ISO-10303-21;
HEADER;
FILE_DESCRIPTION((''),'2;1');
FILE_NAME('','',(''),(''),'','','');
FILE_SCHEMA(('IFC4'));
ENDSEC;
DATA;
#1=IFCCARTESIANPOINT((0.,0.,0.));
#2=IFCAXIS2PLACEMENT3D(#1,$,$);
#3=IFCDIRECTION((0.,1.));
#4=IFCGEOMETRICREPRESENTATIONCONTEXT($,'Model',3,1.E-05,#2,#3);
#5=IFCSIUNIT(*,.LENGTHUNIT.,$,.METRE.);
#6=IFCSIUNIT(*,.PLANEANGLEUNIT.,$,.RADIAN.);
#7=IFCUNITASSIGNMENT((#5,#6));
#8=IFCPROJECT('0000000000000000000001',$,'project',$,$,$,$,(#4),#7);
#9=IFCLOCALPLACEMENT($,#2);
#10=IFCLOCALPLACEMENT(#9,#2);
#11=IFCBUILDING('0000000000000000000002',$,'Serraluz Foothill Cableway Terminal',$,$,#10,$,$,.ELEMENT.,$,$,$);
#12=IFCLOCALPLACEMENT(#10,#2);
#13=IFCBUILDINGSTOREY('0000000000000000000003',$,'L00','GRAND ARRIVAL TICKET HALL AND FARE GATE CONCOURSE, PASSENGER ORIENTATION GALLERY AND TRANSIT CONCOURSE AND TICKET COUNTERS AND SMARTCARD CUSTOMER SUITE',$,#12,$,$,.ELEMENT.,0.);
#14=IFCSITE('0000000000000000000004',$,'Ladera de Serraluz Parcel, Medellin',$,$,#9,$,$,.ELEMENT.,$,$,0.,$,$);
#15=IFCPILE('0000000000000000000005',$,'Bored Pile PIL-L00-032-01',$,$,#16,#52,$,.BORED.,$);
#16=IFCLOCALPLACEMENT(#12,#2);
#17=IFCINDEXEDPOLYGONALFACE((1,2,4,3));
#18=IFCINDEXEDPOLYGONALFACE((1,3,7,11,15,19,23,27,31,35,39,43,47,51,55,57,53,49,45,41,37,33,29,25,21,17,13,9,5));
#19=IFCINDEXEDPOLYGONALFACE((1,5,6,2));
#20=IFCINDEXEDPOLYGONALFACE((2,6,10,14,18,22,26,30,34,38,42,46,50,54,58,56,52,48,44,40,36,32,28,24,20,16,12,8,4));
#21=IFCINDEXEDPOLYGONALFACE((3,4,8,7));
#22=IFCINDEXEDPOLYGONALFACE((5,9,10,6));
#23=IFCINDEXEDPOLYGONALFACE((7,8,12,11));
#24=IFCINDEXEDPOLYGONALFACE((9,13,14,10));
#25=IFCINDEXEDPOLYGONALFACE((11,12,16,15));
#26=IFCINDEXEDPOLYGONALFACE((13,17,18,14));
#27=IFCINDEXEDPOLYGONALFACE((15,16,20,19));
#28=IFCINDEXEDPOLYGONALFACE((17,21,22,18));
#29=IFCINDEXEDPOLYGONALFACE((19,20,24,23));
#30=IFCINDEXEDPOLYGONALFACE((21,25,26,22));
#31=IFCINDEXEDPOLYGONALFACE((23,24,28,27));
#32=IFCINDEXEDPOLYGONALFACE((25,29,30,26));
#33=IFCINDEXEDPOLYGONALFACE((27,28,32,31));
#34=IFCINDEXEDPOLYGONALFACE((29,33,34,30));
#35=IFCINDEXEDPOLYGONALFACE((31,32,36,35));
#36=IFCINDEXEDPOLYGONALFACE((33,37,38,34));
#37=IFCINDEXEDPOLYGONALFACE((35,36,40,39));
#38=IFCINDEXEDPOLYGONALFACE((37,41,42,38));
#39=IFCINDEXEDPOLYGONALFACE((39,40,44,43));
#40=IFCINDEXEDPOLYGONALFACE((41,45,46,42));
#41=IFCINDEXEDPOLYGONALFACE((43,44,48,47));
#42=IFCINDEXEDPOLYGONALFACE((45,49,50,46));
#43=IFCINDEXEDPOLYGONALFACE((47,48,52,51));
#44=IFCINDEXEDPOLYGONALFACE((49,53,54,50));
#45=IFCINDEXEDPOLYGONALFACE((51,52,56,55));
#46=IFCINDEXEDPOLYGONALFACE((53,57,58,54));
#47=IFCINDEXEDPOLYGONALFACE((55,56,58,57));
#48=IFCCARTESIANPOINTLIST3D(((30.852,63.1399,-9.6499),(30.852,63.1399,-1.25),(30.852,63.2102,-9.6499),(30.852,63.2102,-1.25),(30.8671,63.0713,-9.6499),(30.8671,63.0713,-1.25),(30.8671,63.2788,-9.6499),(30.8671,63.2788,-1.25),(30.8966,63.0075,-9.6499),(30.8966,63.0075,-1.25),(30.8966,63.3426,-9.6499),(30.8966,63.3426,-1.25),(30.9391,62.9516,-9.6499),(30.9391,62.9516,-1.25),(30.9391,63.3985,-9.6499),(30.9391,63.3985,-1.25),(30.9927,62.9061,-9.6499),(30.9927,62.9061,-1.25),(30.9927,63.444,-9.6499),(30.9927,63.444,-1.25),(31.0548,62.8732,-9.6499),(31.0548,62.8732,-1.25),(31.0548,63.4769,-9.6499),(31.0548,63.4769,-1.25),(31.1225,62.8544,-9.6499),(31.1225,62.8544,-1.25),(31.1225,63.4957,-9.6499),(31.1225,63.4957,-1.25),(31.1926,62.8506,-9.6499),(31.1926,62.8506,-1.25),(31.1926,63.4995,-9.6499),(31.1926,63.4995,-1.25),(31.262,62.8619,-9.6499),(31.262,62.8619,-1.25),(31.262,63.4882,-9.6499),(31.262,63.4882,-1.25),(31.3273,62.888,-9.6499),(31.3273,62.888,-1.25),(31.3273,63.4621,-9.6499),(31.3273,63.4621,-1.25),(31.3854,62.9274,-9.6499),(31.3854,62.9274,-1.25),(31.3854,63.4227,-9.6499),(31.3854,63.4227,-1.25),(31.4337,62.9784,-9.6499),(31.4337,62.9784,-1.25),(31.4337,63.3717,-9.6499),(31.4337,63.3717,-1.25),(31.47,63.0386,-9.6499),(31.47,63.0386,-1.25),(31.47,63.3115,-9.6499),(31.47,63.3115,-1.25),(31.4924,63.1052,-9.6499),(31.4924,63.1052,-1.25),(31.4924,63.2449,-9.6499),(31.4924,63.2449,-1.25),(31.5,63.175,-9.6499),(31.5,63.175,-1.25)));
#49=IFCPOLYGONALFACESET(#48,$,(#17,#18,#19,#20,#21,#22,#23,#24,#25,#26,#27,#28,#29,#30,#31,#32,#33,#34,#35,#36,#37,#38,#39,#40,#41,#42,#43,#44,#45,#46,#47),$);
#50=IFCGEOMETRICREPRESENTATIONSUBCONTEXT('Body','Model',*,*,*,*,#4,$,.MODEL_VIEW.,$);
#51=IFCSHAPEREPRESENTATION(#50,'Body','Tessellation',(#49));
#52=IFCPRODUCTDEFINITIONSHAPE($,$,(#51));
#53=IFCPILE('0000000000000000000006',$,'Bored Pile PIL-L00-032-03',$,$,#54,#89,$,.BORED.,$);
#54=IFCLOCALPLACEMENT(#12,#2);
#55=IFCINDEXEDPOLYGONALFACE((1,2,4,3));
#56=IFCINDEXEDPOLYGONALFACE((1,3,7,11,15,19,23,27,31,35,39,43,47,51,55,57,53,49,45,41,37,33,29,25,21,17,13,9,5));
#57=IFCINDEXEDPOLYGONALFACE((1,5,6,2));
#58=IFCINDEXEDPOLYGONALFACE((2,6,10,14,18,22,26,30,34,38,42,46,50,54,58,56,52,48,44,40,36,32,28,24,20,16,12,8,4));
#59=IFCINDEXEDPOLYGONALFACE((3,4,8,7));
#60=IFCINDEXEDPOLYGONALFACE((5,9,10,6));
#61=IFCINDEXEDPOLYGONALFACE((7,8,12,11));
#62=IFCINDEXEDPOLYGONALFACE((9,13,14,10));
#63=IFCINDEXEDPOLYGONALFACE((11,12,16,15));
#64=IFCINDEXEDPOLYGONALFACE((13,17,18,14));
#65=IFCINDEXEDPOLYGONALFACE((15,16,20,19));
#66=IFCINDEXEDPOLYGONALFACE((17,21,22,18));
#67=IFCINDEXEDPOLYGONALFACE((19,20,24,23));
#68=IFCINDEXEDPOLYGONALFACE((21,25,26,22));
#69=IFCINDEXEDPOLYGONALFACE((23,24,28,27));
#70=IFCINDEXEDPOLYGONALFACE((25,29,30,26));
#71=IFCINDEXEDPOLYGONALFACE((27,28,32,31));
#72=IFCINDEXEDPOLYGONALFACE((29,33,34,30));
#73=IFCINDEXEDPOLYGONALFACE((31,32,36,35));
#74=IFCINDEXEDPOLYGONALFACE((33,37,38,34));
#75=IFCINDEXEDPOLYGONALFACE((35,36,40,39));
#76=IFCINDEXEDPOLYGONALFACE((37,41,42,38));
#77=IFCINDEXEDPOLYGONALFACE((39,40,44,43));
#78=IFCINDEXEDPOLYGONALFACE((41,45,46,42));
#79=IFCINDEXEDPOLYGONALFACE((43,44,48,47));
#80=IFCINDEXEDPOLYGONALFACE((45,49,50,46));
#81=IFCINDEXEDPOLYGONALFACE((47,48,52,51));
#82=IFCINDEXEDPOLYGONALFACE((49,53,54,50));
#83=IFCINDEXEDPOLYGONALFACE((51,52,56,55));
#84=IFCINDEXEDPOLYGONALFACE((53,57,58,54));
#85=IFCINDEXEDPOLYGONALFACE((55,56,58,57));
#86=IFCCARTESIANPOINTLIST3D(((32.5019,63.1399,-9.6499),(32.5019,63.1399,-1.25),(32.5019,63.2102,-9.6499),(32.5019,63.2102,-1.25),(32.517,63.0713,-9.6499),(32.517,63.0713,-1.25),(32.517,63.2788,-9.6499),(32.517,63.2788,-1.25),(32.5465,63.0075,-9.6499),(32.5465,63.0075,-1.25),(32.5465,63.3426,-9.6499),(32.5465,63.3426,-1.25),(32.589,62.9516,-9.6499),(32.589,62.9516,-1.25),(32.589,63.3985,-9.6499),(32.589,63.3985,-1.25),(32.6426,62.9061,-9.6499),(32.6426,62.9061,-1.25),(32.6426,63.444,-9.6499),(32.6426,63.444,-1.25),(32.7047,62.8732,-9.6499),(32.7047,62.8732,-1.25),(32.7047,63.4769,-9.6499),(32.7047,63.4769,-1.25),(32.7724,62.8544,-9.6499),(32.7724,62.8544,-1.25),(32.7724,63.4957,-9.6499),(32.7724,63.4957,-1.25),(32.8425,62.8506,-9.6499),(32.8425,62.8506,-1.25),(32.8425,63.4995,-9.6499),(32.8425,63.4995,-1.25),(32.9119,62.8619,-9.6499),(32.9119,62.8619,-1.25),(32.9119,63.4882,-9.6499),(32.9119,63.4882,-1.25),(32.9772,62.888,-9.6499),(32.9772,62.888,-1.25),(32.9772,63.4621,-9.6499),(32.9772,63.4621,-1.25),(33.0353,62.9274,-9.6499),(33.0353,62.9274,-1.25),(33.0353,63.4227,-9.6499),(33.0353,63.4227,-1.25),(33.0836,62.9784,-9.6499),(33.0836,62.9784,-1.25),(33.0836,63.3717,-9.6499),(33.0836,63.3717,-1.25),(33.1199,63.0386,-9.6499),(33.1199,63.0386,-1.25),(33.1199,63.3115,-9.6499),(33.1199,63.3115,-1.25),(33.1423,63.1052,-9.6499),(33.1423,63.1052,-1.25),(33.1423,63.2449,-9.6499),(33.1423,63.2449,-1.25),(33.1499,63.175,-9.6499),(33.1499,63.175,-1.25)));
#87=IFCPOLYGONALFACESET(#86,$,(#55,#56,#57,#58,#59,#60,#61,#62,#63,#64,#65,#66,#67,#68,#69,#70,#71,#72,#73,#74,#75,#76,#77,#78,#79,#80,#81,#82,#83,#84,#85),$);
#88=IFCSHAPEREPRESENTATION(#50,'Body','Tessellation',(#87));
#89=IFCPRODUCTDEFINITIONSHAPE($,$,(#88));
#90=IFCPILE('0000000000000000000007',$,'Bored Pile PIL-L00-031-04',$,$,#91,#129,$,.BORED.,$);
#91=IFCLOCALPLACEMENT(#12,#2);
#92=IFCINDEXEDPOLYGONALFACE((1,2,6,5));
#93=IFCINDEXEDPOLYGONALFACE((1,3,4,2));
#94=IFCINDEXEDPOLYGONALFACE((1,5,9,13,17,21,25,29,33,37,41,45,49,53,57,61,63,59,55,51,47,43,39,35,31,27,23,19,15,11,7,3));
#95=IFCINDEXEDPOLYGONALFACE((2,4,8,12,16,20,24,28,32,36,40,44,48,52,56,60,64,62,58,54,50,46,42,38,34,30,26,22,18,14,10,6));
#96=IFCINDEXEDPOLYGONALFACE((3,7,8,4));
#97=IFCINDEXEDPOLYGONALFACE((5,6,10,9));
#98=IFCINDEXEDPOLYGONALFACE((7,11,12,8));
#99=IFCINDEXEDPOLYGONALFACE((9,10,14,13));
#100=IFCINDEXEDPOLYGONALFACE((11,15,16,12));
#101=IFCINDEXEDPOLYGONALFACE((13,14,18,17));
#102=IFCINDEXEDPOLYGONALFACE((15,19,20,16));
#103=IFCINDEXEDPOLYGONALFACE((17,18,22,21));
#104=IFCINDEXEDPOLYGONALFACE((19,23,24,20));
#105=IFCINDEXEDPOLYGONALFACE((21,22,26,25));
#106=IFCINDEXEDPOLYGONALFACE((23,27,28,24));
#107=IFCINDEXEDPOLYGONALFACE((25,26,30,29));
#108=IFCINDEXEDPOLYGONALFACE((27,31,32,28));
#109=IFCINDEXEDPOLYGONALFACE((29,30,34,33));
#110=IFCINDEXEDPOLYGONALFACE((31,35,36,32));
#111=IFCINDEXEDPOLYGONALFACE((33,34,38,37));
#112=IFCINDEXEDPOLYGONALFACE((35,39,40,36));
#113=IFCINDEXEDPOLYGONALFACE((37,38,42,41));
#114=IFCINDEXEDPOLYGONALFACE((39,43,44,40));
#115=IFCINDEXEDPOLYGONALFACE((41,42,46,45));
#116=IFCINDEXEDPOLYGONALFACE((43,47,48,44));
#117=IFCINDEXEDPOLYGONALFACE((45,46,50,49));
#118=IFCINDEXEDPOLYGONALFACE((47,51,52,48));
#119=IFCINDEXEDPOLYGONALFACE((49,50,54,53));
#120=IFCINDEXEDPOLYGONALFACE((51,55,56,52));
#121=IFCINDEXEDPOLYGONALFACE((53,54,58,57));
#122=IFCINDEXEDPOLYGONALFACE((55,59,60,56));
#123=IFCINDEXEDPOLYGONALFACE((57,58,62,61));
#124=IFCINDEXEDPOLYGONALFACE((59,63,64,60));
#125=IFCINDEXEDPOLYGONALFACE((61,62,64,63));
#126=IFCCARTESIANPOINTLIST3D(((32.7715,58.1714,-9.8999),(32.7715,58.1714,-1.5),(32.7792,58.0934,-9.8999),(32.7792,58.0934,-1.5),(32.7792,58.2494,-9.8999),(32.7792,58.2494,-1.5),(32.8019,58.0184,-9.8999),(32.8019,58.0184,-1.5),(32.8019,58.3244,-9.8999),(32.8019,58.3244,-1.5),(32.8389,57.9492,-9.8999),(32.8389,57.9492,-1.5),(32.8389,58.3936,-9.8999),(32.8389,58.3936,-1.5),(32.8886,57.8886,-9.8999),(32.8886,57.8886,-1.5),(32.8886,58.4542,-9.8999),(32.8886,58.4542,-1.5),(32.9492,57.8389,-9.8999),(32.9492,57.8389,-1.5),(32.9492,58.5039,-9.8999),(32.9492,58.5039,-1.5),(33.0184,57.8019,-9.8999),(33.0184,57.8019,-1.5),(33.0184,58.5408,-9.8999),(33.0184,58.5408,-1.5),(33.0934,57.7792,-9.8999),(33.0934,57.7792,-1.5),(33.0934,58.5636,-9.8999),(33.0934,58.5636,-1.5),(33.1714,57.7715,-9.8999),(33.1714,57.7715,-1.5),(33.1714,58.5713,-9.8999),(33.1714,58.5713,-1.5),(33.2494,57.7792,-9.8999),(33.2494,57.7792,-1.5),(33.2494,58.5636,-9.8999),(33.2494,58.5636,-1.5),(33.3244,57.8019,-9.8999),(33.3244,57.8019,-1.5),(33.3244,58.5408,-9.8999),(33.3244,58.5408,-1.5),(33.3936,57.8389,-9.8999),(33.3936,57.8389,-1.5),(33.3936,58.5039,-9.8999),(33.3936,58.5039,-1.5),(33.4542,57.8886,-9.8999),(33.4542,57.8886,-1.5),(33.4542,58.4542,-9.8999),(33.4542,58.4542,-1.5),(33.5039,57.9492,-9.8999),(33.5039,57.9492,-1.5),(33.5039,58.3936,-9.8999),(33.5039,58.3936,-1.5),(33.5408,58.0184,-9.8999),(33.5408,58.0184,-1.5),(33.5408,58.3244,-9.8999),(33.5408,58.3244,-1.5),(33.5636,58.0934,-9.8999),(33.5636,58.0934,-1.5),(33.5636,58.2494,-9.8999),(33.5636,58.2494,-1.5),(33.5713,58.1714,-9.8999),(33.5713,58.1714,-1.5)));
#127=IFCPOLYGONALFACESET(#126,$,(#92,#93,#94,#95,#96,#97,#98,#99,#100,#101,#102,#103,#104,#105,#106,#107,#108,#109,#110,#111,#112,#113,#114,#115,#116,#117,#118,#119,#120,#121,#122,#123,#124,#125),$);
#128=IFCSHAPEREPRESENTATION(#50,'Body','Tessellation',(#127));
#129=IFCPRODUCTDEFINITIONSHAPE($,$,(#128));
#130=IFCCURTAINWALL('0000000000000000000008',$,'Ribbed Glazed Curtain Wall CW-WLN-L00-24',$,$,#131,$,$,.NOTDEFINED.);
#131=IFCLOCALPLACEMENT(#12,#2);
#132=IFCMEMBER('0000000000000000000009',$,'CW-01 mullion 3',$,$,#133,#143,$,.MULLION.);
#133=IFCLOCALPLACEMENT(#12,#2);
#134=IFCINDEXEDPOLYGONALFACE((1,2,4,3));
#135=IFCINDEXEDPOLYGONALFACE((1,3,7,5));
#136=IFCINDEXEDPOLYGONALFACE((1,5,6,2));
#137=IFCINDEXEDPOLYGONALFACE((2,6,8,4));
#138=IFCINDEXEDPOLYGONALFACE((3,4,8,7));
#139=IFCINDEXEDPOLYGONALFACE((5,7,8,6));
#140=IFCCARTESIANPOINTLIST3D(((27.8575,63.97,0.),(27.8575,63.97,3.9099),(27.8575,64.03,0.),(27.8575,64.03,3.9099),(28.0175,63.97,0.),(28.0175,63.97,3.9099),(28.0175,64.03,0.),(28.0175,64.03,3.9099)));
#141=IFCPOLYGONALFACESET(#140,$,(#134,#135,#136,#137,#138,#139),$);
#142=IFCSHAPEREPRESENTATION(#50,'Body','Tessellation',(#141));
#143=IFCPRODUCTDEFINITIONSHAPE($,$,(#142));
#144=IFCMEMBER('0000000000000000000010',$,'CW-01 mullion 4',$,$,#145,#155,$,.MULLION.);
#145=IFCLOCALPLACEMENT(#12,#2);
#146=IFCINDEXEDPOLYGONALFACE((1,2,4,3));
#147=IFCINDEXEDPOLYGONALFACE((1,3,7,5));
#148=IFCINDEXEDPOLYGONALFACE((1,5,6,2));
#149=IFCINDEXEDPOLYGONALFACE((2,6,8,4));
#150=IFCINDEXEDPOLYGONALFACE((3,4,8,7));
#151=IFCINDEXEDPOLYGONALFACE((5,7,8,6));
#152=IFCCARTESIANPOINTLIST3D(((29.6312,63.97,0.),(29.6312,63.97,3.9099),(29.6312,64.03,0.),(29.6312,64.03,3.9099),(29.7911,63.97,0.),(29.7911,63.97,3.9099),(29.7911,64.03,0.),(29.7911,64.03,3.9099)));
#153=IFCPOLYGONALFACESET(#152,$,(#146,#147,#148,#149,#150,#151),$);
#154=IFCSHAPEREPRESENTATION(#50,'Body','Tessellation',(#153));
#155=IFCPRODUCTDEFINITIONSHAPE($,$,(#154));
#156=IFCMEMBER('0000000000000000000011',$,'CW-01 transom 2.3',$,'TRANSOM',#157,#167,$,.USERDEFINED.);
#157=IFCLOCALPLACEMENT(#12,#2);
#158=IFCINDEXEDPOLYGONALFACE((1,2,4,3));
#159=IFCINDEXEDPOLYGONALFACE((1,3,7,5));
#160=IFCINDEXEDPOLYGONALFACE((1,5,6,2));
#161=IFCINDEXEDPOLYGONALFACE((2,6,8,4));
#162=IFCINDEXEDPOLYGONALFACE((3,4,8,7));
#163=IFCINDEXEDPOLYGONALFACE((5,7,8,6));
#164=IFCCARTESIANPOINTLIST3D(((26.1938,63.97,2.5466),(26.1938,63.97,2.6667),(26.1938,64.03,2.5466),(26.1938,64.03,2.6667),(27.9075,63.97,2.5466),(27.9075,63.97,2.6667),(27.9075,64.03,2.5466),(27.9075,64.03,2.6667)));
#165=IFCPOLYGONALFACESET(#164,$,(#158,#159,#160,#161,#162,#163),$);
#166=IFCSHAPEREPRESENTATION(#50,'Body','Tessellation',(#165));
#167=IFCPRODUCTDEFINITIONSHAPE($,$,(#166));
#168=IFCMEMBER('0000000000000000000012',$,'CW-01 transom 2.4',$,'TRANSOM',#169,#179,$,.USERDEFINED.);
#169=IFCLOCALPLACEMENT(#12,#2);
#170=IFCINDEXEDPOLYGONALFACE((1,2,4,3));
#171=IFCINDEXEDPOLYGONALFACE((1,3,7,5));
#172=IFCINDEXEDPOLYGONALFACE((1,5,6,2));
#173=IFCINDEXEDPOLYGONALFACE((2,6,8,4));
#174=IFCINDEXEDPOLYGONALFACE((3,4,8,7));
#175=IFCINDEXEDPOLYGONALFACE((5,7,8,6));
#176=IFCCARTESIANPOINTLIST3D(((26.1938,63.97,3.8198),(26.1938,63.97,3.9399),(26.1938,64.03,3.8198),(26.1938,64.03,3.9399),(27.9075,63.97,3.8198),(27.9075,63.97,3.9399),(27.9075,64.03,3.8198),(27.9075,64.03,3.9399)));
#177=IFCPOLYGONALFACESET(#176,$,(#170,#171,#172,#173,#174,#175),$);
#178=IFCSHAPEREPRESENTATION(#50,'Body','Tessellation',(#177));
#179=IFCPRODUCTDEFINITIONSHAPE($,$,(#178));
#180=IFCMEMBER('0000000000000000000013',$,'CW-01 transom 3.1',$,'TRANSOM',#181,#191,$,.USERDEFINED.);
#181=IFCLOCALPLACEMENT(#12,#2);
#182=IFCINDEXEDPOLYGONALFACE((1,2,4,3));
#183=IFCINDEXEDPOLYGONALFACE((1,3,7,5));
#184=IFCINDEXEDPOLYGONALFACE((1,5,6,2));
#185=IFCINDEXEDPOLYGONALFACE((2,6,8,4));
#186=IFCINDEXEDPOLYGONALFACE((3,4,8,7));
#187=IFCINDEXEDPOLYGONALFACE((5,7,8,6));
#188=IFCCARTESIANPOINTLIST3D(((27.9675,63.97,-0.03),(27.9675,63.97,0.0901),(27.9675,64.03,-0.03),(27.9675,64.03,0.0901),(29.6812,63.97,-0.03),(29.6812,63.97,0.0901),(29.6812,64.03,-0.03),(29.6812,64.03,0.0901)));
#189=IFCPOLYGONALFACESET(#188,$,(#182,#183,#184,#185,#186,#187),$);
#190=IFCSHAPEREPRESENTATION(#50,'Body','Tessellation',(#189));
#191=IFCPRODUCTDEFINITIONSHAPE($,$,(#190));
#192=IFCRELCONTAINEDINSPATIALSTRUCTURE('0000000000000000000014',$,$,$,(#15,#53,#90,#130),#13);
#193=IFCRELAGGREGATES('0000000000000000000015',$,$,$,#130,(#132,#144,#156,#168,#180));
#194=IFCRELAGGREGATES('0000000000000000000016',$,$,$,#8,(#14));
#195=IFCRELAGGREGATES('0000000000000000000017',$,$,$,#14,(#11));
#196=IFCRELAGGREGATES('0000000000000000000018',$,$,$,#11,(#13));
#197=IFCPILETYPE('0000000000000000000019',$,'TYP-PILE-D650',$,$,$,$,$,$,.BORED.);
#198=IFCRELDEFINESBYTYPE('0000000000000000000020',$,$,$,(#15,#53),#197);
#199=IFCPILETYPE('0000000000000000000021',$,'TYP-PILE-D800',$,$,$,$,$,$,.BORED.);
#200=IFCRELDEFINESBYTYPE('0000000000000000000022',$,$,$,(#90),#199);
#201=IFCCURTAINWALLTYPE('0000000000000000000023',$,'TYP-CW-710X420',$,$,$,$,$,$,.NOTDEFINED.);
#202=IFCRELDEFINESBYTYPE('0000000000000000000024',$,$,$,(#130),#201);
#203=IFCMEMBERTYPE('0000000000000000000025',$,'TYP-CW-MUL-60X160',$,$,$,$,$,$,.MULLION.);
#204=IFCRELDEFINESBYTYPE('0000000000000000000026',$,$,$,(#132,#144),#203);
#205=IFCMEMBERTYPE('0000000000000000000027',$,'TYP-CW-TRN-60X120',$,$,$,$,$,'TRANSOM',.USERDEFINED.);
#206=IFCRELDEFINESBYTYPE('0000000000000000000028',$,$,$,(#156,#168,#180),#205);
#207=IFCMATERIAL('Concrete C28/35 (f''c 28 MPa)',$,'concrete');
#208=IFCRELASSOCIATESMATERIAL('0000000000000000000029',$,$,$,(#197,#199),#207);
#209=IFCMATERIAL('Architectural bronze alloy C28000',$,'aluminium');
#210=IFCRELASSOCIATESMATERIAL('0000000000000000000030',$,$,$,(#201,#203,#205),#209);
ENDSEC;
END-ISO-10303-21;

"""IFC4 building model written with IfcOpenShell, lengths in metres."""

from ifc_helpers import new_model, si_unit, direction, frame, origin, origin_2d, place, context, subcontext, project, spatial, rectangle, circle, extrude, material, material_profile, profile_set, type_object, element, aggregate, save


model = new_model("IFC4")

# Units and contexts
model_context = context("Model", 3, precision=1e-05, world=origin(), true_north=direction((0.0, 1.0)))
body_context = subcontext(model_context, "Body", "Model", "MODEL_VIEW")
ifc_project = project(units=[si_unit("LENGTHUNIT", "METRE"), si_unit("PLANEANGLEUNIT", "RADIAN")], contexts=[model_context])

# Site, building, storey
site_placement = place(None, origin())
site = spatial("IfcSite", under=ifc_project, at=site_placement, Name="Ladera de Serraluz Parcel, Medellin", CompositionType="ELEMENT", RefElevation=0.0)
building_placement = place(site_placement, origin())
building = spatial("IfcBuilding", under=site, at=building_placement, Name="Serraluz Foothill Cableway Terminal", CompositionType="ELEMENT")
storey_placement = place(building_placement, origin())
storey = spatial("IfcBuildingStorey", under=building, at=storey_placement, Name="L00", Description="GRAND ARRIVAL TICKET HALL AND FARE GATE CONCOURSE, PASSENGER ORIENTATION GALLERY AND TRANSIT CONCOURSE AND TICKET COUNTERS AND SMARTCARD CUSTOMER SUITE", CompositionType="ELEMENT", Elevation=0.0)

# Piles
ifc_material_1 = material(Name="Concrete C28/35 (f'c 28 MPa)", Category="concrete")
ifc_material_profile_1 = material_profile(ifc_material_1, circle(Radius=0.325, at=origin_2d()), Name="BORED PILE D650")
ifc_profile_set_1 = profile_set([ifc_material_profile_1], Name="Concrete C28/35 (f'c 28 MPa)")
pile_type_1 = type_object("IfcPileType", Name="TYP-PILE-D650", PredefinedType="BORED", material=ifc_profile_set_1)
for number, where, z_axis, x_axis, name in (
    (1, (31.175, 63.175, -1.25), (0.0, 0.0, -1.0), (1.0, 0.0, 0.0), "Bored Pile PIL-L00-032-01"),
    (2, (32.825, 63.175, -1.25), (0.0, 0.0, -1.0), (1.0, 0.0, 0.0), "Bored Pile PIL-L00-032-03"),
):
    element("IfcPile", number, at=place(storey_placement, frame(where, z_axis=z_axis, x_axis=x_axis)), inside=storey, type_object=pile_type_1, Name=name, PredefinedType="BORED", context=body_context, shape_type="SweptSolid", body=[
        extrude(circle(Radius=0.325, at=origin_2d()), origin(), (0.0, 0.0, 1.0), 8.3999),
    ])
ifc_material_profile_2 = material_profile(ifc_material_1, circle(Radius=0.3999, at=origin_2d()), Name="BORED PILE D800")
ifc_profile_set_2 = profile_set([ifc_material_profile_2], Name="Concrete C28/35 (f'c 28 MPa)")
pile_type_2 = type_object("IfcPileType", Name="TYP-PILE-D800", PredefinedType="BORED", material=ifc_profile_set_2)
pile_placement = place(storey_placement, frame((33.1714, 58.1714, -1.5), z_axis=(0.0, 0.0, -1.0), x_axis=(1.0, 0.0, 0.0)))
element("IfcPile", 3, at=pile_placement, inside=storey, type_object=pile_type_2, Name="Bored Pile PIL-L00-031-04", PredefinedType="BORED", context=body_context, shape_type="SweptSolid", body=[
    extrude(circle(Radius=0.3999, at=origin_2d()), origin(), (0.0, 0.0, 1.0), 8.3999),
])

# Curtain wall, members
ifc_material_2 = material(Name="Architectural bronze alloy C28000", Category="aluminium")
curtain_wall_type = type_object("IfcCurtainWallType", Name="TYP-CW-710X420", PredefinedType="NOTDEFINED", material=ifc_material_2)
curtain_wall_placement = place(storey_placement, origin())
curtain_wall = element("IfcCurtainWall", 4, at=curtain_wall_placement, inside=storey, type_object=curtain_wall_type, Name="Ribbed Glazed Curtain Wall CW-WLN-L00-24", PredefinedType="NOTDEFINED")
ifc_material_profile_3 = material_profile(ifc_material_2, rectangle(XDim=0.0601, YDim=0.1599, at=origin_2d()), Name="ALU MULLION 60x160")
ifc_profile_set_3 = profile_set([ifc_material_profile_3], Name="Architectural bronze alloy C28000")
member_type_1 = type_object("IfcMemberType", Name="TYP-CW-MUL-60X160", PredefinedType="MULLION", material=ifc_profile_set_3)
member_1_placement = place(storey_placement, frame((27.9375, 64.0, 0.0), z_axis=(0.0, 0.0, 1.0), x_axis=(0.0, 1.0, 0.0)))
member_1 = element("IfcMember", 5, at=member_1_placement, type_object=member_type_1, Name="CW-01 mullion 3", PredefinedType="MULLION", context=body_context, shape_type="SweptSolid", body=[
    extrude(rectangle(XDim=0.0601, YDim=0.1599, at=origin_2d()), origin(), (0.0, 0.0, 1.0), 3.9099),
])
member_2_placement = place(storey_placement, frame((29.7112, 64.0, 0.0), z_axis=(0.0, 0.0, 1.0), x_axis=(0.0, 1.0, 0.0)))
member_2 = element("IfcMember", 6, at=member_2_placement, type_object=member_type_1, Name="CW-01 mullion 4", PredefinedType="MULLION", context=body_context, shape_type="SweptSolid", body=[
    extrude(rectangle(XDim=0.0601, YDim=0.1599, at=origin_2d()), origin(), (0.0, 0.0, 1.0), 3.9099),
])
ifc_material_profile_4 = material_profile(ifc_material_2, rectangle(XDim=0.0601, YDim=0.1201, at=origin_2d()), Name="ALU TRANSOM 60x120")
ifc_profile_set_4 = profile_set([ifc_material_profile_4], Name="Architectural bronze alloy C28000")
member_type_2 = type_object("IfcMemberType", Name="TYP-CW-TRN-60X120", ElementType="TRANSOM", PredefinedType="USERDEFINED", material=ifc_profile_set_4)
member_3_placement = place(storey_placement, frame((26.1938, 64.0, 2.6067), z_axis=(1.0, 0.0, 0.0), x_axis=(0.0, 1.0, 0.0)))
member_3 = element("IfcMember", 7, at=member_3_placement, type_object=member_type_2, Name="CW-01 transom 2.3", ObjectType="TRANSOM", PredefinedType="USERDEFINED", context=body_context, shape_type="SweptSolid", body=[
    extrude(rectangle(XDim=0.0601, YDim=0.1201, at=origin_2d()), origin(), (0.0, 0.0, 1.0), 1.7136),
])
member_4_placement = place(storey_placement, frame((26.1938, 64.0, 3.8799), z_axis=(1.0, 0.0, 0.0), x_axis=(0.0, 1.0, 0.0)))
member_4 = element("IfcMember", 8, at=member_4_placement, type_object=member_type_2, Name="CW-01 transom 2.4", ObjectType="TRANSOM", PredefinedType="USERDEFINED", context=body_context, shape_type="SweptSolid", body=[
    extrude(rectangle(XDim=0.0601, YDim=0.1201, at=origin_2d()), origin(), (0.0, 0.0, 1.0), 1.7136),
])
member_5_placement = place(storey_placement, frame((27.9675, 64.0, 0.03), z_axis=(1.0, 0.0, 0.0), x_axis=(0.0, 1.0, 0.0)))
member_5 = element("IfcMember", 9, at=member_5_placement, type_object=member_type_2, Name="CW-01 transom 3.1", ObjectType="TRANSOM", PredefinedType="USERDEFINED", context=body_context, shape_type="SweptSolid", body=[
    extrude(rectangle(XDim=0.0601, YDim=0.1201, at=origin_2d()), origin(), (0.0, 0.0, 1.0), 1.7136),
])

aggregate(curtain_wall, [member_1, member_2, member_3, member_4, member_5])

save(model, "model.ifc")
